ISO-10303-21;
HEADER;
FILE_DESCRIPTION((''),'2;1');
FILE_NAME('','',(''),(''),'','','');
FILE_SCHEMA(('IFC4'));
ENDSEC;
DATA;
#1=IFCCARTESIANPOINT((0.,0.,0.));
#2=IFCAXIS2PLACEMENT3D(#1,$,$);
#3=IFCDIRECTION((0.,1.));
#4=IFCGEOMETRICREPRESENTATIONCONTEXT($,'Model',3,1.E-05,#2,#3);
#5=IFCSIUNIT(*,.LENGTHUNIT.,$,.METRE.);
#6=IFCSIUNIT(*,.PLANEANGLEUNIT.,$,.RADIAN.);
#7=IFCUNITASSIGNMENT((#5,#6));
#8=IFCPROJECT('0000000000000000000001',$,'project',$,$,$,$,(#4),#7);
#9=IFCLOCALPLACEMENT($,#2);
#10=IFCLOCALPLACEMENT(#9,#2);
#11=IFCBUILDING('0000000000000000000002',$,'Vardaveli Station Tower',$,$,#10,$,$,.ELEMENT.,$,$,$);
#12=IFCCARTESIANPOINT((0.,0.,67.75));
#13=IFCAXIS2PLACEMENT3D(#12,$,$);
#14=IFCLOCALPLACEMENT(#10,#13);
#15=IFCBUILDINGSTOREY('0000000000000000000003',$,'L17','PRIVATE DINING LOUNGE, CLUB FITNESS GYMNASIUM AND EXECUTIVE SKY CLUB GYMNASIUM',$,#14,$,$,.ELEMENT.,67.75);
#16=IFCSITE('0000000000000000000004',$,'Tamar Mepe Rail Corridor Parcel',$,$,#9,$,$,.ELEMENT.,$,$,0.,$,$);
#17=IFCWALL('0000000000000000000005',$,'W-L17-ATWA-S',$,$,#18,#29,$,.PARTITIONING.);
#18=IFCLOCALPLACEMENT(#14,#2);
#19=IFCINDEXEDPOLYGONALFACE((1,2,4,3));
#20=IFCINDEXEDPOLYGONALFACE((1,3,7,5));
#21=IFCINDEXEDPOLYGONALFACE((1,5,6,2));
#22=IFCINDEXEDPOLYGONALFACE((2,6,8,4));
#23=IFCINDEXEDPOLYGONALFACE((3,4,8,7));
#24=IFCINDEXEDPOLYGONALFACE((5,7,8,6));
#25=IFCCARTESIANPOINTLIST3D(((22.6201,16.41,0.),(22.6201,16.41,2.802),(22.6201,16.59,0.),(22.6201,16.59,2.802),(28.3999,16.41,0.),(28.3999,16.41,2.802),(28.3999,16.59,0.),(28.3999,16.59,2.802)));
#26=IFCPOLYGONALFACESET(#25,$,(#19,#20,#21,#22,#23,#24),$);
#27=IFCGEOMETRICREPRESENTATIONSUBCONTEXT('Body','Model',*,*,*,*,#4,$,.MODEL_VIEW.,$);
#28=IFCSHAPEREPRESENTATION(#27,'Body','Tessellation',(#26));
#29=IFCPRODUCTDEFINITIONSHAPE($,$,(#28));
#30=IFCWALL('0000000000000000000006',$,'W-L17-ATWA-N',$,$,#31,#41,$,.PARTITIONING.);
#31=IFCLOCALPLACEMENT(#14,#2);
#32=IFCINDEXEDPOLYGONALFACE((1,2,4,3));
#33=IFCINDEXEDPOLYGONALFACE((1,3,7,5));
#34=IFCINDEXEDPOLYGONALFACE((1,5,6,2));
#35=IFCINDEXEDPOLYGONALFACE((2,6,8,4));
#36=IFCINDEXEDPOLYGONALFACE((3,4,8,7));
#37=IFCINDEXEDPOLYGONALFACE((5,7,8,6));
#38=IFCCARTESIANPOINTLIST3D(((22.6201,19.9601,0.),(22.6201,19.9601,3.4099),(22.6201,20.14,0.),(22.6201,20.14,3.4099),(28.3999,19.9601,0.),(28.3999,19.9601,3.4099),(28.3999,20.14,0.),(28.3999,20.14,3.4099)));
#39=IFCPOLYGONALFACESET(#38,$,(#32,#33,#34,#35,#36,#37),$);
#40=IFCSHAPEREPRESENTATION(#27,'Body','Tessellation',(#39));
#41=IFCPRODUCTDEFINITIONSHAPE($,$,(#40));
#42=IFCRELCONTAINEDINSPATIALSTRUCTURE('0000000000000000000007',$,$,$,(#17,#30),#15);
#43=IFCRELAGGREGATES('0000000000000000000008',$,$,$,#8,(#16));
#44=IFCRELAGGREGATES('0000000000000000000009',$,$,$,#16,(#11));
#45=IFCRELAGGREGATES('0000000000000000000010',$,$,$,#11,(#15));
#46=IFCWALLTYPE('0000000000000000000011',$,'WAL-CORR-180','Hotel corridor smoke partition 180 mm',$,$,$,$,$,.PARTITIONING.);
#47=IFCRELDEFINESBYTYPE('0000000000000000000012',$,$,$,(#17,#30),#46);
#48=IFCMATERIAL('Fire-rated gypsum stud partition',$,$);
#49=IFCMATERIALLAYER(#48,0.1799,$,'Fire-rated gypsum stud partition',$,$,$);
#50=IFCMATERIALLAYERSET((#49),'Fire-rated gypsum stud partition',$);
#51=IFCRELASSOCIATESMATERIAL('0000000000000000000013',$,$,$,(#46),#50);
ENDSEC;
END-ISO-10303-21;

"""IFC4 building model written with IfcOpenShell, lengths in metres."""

from ifc_helpers import new_model, si_unit, direction, frame, frame_2d, origin, place, context, subcontext, project, spatial, rectangle, extrude, source, transform, mapped, material, layer, layer_set, type_object, element, save


model = new_model("IFC4")

# Units and contexts
model_context = context("Model", 3, precision=1e-05, world=origin(), true_north=direction((0.0, 1.0)))
body_context = subcontext(model_context, "Body", "Model", "MODEL_VIEW")
ifc_project = project(units=[si_unit("LENGTHUNIT", "METRE"), si_unit("PLANEANGLEUNIT", "RADIAN")], contexts=[model_context])

# Site, building, storey
site_placement = place(None, origin())
site = spatial("IfcSite", under=ifc_project, at=site_placement, Name="Tamar Mepe Rail Corridor Parcel", CompositionType="ELEMENT", RefElevation=0.0)
building_placement = place(site_placement, origin())
building = spatial("IfcBuilding", under=site, at=building_placement, Name="Vardaveli Station Tower", CompositionType="ELEMENT")
storey_placement = place(building_placement, frame((0.0, 0.0, 67.75)))
storey = spatial("IfcBuildingStorey", under=building, at=storey_placement, Name="L17", Description="PRIVATE DINING LOUNGE, CLUB FITNESS GYMNASIUM AND EXECUTIVE SKY CLUB GYMNASIUM", CompositionType="ELEMENT", Elevation=67.75)

# Shared definitions
ifc_material_1 = material(Name="Fire-rated gypsum stud partition")
ifc_layer_1 = layer(ifc_material_1, 0.1799, Name="Fire-rated gypsum stud partition")
ifc_layer_set_1 = layer_set([ifc_layer_1], Name="Fire-rated gypsum stud partition")
wall_type_1 = type_object("IfcWallType", Name="WAL-CORR-180", Description="Hotel corridor smoke partition 180 mm", PredefinedType="PARTITIONING", material=ifc_layer_set_1)

# Walls
shared_shape_1 = source(origin(), body_context, "Body", "SweptSolid", [
    extrude(rectangle(XDim=5.7798, YDim=0.1799, at=frame_2d((2.8899, 0.0))), origin(), (0.0, 0.0, 1.0), 2.802),
])
wall_1_placement = place(storey_placement, frame((22.6201, 16.5, 0.0), z_axis=(0.0, 0.0, 1.0), x_axis=(1.0, 0.0, 0.0)))
element("IfcWall", 1, at=wall_1_placement, inside=storey, type_object=wall_type_1, Name="W-L17-ATWA-S", PredefinedType="PARTITIONING", context=body_context, shape_type="MappedRepresentation", body=[
    mapped(shared_shape_1, transform((0.0, 0.0, 0.0), scale=1.0)),
])
shared_shape_2 = source(origin(), body_context, "Body", "SweptSolid", [
    extrude(rectangle(XDim=5.7798, YDim=0.1799, at=frame_2d((2.8899, 0.0))), origin(), (0.0, 0.0, 1.0), 3.4099),
])
wall_2_placement = place(storey_placement, frame((22.6201, 20.05, 0.0), z_axis=(0.0, 0.0, 1.0), x_axis=(1.0, 0.0, 0.0)))
element("IfcWall", 2, at=wall_2_placement, inside=storey, type_object=wall_type_1, Name="W-L17-ATWA-N", PredefinedType="PARTITIONING", context=body_context, shape_type="MappedRepresentation", body=[
    mapped(shared_shape_2, transform((0.0, 0.0, 0.0), scale=1.0)),
])

save(model, "model.ifc")
